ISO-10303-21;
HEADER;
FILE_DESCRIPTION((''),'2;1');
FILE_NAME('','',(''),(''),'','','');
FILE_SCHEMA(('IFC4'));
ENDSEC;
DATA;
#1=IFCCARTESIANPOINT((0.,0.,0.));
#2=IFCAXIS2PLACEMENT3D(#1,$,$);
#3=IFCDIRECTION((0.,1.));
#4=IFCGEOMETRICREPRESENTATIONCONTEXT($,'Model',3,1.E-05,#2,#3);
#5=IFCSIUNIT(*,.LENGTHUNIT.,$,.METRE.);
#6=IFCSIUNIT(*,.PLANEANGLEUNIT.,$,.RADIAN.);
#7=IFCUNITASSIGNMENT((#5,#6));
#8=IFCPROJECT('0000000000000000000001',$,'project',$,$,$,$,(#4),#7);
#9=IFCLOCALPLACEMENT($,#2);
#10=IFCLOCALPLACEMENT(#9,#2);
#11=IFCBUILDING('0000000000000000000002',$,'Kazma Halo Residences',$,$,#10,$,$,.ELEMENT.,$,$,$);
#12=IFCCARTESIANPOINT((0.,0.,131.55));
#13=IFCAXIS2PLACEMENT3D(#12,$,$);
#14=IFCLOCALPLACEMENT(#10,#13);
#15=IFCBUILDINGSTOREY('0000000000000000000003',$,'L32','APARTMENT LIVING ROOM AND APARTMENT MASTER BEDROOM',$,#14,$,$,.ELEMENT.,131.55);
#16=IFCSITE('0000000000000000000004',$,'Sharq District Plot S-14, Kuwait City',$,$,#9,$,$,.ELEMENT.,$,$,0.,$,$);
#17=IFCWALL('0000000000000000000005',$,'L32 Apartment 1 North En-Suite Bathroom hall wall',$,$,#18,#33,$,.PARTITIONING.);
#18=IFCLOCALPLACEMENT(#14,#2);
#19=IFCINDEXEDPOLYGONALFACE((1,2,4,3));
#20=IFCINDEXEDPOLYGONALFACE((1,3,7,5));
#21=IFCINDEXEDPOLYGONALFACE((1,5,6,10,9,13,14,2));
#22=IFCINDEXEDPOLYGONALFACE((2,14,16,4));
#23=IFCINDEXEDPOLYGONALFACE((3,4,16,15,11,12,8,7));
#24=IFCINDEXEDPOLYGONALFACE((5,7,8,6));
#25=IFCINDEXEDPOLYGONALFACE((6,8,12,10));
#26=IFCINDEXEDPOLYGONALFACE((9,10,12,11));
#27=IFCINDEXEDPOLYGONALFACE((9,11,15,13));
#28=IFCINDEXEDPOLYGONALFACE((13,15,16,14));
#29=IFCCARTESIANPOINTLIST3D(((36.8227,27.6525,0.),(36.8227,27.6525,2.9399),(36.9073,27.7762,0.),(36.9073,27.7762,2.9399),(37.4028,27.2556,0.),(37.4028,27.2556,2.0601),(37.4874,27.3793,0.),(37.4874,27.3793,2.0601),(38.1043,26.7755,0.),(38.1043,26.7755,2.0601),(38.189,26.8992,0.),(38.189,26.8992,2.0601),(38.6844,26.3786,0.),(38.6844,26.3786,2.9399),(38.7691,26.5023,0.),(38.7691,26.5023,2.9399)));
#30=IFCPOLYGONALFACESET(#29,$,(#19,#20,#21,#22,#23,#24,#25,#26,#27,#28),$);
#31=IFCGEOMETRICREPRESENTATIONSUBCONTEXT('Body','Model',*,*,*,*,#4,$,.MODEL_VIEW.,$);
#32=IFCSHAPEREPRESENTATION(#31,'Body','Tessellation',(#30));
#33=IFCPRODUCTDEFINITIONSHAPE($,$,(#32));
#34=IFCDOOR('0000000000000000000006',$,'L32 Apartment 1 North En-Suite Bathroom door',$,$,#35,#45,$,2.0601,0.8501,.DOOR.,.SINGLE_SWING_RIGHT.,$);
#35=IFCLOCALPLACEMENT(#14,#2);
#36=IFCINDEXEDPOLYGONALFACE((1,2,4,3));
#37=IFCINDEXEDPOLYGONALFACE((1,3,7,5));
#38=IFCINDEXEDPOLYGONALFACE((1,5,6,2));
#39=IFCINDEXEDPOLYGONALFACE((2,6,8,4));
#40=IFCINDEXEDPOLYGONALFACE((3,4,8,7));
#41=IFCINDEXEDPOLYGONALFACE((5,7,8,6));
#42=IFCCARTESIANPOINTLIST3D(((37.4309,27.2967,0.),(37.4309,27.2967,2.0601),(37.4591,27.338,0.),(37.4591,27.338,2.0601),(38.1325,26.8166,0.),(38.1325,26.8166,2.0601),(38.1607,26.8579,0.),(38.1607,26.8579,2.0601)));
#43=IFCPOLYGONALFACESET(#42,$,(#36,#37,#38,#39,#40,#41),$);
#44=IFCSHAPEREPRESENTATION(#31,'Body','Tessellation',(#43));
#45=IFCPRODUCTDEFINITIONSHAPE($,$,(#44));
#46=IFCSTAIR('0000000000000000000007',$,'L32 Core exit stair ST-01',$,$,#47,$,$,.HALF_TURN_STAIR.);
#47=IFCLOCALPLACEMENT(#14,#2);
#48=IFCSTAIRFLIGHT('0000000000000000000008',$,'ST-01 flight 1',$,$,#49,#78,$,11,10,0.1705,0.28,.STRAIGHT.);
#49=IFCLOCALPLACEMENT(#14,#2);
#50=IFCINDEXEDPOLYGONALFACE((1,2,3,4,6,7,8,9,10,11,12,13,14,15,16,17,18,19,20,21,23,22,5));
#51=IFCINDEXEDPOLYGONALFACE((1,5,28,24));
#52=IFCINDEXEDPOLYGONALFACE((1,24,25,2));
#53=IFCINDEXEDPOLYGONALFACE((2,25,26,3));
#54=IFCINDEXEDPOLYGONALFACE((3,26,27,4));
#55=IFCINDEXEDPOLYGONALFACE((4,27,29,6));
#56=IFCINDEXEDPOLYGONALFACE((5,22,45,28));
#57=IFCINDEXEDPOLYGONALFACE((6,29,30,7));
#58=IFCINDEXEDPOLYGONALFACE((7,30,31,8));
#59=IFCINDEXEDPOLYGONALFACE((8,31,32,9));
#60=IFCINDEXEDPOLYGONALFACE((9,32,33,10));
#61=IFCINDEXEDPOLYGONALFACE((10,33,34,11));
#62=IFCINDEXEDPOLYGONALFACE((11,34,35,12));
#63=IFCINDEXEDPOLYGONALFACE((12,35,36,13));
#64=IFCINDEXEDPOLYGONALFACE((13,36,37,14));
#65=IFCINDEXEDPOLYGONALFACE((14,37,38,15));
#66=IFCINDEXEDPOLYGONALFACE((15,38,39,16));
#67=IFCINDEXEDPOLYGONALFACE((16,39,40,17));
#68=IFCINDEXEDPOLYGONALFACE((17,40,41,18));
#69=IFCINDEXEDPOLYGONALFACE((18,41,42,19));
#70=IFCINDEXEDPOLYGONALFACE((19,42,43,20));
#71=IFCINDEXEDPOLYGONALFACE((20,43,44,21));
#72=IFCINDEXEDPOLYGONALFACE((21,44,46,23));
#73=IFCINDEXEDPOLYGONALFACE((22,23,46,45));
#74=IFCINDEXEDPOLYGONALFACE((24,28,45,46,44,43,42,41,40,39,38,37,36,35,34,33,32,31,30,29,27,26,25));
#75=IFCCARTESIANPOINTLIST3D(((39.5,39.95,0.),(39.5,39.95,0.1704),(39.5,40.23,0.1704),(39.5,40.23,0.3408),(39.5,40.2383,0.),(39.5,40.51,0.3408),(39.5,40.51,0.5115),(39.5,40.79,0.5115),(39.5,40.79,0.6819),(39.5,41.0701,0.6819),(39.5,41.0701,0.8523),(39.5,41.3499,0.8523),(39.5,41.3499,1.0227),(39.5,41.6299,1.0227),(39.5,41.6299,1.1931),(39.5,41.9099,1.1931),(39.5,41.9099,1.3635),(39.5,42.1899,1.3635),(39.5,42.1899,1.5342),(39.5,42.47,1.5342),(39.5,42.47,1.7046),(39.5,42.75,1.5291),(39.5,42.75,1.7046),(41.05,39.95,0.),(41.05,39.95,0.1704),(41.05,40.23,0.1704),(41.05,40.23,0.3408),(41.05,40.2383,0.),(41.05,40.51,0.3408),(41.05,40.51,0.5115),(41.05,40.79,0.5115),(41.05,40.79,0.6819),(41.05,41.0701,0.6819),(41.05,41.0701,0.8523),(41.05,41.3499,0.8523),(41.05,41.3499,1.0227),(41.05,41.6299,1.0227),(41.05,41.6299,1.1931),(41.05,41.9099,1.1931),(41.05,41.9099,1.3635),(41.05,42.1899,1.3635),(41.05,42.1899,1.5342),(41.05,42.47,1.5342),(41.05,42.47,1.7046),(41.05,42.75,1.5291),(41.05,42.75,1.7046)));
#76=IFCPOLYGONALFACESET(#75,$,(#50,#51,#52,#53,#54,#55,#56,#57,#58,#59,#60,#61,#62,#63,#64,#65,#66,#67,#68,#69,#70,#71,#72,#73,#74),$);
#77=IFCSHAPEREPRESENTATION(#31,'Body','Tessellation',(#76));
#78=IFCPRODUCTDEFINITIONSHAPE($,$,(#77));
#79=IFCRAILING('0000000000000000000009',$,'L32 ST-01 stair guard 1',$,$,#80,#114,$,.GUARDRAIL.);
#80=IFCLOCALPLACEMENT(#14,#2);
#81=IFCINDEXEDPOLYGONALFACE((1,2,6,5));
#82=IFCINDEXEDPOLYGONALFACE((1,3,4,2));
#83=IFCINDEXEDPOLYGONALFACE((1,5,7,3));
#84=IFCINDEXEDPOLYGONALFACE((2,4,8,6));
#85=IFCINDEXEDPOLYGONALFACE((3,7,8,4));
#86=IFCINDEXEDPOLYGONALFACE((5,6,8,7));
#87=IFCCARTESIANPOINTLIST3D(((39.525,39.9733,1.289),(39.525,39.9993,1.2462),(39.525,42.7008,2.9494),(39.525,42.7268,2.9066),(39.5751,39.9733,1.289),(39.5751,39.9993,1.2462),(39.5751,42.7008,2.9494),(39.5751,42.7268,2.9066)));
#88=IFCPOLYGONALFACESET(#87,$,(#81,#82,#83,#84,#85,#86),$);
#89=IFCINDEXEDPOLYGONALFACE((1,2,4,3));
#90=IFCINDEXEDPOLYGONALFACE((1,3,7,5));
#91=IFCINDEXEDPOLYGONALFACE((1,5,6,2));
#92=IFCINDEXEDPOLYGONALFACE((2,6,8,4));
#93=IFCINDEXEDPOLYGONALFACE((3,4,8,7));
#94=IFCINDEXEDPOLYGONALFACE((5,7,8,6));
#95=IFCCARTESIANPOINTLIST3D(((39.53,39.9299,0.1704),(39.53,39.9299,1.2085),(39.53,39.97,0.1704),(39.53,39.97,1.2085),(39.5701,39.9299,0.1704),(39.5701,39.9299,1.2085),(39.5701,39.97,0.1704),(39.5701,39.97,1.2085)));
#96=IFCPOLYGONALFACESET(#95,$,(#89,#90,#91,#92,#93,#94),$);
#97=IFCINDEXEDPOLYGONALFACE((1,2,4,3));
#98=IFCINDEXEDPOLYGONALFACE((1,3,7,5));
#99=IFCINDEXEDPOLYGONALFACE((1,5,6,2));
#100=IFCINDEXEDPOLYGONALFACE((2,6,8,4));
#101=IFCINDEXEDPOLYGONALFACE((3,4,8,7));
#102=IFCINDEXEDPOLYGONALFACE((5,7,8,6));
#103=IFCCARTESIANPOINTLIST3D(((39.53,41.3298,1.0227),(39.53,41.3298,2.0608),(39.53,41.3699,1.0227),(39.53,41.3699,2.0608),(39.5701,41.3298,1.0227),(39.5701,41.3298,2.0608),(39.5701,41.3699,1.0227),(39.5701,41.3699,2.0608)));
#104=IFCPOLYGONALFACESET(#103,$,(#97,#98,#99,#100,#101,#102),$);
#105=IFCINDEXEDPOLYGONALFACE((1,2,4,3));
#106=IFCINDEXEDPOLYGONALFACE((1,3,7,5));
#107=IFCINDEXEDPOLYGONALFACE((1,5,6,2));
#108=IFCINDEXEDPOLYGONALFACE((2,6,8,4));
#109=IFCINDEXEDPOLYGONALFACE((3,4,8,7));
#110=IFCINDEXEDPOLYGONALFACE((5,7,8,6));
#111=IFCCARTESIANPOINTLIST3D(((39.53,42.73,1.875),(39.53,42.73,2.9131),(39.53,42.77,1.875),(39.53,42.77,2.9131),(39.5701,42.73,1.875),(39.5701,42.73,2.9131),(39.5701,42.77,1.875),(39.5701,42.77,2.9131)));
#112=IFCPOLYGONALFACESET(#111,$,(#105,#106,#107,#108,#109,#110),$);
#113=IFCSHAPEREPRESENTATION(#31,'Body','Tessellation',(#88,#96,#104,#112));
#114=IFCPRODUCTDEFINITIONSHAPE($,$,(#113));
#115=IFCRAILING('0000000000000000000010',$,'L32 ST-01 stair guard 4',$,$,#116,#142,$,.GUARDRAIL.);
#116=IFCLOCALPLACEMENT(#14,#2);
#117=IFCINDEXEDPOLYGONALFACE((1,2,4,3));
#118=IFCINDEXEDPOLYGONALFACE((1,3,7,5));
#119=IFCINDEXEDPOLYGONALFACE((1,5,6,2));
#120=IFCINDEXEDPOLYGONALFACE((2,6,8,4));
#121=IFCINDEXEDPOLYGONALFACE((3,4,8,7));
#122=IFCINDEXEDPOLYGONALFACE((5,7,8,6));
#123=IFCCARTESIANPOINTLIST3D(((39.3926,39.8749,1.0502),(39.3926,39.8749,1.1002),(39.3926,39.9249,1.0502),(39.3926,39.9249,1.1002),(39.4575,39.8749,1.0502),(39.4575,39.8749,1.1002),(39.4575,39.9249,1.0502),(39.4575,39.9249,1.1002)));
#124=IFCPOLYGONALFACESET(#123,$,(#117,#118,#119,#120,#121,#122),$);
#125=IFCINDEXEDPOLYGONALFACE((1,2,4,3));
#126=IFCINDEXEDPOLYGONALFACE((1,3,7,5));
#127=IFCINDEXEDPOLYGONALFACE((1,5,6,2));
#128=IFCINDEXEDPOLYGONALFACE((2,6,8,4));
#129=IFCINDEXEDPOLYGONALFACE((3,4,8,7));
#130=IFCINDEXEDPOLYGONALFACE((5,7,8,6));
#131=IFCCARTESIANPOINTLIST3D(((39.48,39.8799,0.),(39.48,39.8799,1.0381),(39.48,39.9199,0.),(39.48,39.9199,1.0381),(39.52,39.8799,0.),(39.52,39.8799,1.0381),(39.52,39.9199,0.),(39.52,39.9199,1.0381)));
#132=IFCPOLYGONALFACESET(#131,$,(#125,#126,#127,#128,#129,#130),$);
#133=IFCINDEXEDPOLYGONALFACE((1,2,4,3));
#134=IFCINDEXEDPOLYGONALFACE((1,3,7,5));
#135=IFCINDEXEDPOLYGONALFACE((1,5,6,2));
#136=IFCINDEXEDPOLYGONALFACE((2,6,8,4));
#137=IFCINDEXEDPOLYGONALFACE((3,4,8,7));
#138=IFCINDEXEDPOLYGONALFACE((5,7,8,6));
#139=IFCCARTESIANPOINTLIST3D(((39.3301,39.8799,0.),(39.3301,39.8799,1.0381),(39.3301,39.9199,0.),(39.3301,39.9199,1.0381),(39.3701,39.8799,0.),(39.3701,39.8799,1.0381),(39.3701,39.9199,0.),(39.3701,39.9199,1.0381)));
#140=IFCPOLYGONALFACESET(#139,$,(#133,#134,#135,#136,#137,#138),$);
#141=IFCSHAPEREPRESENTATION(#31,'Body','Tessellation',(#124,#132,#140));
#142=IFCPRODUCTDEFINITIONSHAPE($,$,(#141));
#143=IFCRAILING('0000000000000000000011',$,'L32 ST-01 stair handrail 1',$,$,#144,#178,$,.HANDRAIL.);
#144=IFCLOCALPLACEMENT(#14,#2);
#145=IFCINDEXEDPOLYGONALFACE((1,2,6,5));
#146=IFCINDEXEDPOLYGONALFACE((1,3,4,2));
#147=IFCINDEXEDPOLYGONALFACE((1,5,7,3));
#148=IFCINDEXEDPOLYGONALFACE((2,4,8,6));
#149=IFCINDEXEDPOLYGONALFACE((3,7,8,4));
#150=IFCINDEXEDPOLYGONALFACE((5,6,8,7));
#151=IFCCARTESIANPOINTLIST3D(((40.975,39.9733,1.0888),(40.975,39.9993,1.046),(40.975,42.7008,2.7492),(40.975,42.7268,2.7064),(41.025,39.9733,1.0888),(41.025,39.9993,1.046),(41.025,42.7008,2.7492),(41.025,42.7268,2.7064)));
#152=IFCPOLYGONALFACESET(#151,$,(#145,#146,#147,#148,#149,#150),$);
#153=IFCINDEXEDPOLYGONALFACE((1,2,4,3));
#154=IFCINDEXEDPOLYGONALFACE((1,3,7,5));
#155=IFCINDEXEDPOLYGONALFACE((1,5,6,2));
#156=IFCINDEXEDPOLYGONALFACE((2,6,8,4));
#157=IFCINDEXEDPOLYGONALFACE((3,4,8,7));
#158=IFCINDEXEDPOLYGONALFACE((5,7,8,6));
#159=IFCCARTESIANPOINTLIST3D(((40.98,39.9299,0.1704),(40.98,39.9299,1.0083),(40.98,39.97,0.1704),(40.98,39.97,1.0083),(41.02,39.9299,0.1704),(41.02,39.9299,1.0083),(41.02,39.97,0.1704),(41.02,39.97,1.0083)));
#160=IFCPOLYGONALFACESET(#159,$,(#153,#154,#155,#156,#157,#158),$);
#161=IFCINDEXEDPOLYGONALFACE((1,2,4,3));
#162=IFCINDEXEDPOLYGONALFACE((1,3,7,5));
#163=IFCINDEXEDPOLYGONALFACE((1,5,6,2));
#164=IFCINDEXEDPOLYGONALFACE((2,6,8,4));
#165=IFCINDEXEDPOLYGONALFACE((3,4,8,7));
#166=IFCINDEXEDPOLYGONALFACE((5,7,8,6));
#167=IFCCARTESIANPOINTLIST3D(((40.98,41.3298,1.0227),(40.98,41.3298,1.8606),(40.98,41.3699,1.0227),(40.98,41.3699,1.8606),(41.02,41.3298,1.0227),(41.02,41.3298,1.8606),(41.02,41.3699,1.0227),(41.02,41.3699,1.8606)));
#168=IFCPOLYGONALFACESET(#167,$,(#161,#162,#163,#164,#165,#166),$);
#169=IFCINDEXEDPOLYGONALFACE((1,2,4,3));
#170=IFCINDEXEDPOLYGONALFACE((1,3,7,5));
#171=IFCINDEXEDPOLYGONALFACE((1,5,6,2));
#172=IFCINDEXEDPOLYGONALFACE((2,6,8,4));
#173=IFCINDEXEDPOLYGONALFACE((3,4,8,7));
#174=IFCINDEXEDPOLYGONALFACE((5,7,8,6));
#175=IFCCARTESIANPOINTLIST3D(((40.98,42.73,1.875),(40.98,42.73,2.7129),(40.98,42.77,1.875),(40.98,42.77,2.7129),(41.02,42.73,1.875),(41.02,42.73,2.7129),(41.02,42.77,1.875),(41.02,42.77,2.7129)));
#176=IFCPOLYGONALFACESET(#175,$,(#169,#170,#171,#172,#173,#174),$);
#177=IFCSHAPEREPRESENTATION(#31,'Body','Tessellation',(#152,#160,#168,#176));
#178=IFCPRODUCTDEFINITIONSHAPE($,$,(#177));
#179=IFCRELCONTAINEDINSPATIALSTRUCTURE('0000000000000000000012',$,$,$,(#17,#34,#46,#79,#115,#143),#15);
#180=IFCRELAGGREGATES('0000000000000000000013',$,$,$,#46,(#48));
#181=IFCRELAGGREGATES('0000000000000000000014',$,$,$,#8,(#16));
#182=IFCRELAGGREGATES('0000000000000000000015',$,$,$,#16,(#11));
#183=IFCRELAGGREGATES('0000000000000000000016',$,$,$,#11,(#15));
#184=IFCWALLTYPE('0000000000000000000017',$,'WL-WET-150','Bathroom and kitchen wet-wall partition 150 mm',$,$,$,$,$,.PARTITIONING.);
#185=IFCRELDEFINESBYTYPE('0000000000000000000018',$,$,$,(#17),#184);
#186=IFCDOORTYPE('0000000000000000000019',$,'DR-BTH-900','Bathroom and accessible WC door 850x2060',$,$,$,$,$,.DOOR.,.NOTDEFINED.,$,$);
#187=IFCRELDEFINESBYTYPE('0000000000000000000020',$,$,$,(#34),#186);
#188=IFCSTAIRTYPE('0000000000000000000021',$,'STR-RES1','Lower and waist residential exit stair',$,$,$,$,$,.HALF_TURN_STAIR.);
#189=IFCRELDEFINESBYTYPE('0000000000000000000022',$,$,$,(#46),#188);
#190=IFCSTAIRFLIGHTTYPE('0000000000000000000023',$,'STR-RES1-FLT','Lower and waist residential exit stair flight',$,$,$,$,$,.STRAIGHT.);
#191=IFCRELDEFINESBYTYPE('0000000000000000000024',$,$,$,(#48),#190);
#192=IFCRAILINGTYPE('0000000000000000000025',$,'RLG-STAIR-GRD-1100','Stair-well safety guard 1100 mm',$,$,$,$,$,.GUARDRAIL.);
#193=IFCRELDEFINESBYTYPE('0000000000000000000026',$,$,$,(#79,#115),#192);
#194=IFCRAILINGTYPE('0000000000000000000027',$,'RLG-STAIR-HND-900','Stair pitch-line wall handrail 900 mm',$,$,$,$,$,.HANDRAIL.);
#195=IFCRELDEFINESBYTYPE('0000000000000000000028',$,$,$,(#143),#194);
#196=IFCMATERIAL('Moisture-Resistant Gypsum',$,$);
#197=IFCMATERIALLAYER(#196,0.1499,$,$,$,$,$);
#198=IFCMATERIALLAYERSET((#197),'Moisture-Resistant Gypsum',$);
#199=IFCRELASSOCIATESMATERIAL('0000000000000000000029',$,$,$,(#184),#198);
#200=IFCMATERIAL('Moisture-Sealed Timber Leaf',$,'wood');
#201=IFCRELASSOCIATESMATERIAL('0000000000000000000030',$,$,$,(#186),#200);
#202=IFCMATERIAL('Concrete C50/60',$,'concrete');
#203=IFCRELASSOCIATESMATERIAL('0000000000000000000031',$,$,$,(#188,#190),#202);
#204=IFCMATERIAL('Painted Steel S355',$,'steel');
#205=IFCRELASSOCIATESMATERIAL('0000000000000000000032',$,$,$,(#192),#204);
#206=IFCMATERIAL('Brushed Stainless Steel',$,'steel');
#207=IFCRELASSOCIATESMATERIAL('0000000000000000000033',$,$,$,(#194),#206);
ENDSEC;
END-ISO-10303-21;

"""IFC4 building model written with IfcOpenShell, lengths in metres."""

from ifc_helpers import new_model, si_unit, direction, frame, frame_2d, origin, origin_2d, place, context, subcontext, project, spatial, polyline, rectangle, outline, extrude, material, layer, layer_set, type_object, element, fill, aggregate, save


model = new_model("IFC4")

# Units and contexts
model_context = context("Model", 3, precision=1e-05, world=origin(), true_north=direction((0.0, 1.0)))
body_context = subcontext(model_context, "Body", "Model", "MODEL_VIEW")
ifc_project = project(units=[si_unit("LENGTHUNIT", "METRE"), si_unit("PLANEANGLEUNIT", "RADIAN")], contexts=[model_context])

# Site, building, storey
site_placement = place(None, origin())
site = spatial("IfcSite", under=ifc_project, at=site_placement, Name="Sharq District Plot S-14, Kuwait City", CompositionType="ELEMENT", RefElevation=0.0)
building_placement = place(site_placement, origin())
building = spatial("IfcBuilding", under=site, at=building_placement, Name="Kazma Halo Residences", CompositionType="ELEMENT")
storey_placement = place(building_placement, frame((0.0, 0.0, 131.55)))
storey = spatial("IfcBuildingStorey", under=building, at=storey_placement, Name="L32", Description="APARTMENT LIVING ROOM AND APARTMENT MASTER BEDROOM", CompositionType="ELEMENT", Elevation=131.55)

# Wall, opening, door
ifc_material_1 = material(Name="Concrete C50/60", Category="concrete")
ifc_material_2 = material(Name="Moisture-Resistant Gypsum")
ifc_layer_1 = layer(ifc_material_2, 0.1499)
ifc_layer_set_1 = layer_set([ifc_layer_1], Name="Moisture-Resistant Gypsum")
wall_type_1 = type_object("IfcWallType", Name="WL-WET-150", Description="Bathroom and kitchen wet-wall partition 150 mm", PredefinedType="PARTITIONING", material=ifc_layer_set_1)
wall_1_placement = place(storey_placement, frame((36.865, 27.7144, 0.0), z_axis=(0.0, 0.0, 1.0), x_axis=(0.825297, -0.564699, 0.0)))
wall_1 = element("IfcWall", 1, at=wall_1_placement, inside=storey, type_object=wall_type_1, Name="L32 Apartment 1 North En-Suite Bathroom hall wall", PredefinedType="PARTITIONING", context=body_context, shape_type="SweptSolid", body=[
    extrude(rectangle(XDim=2.2559, YDim=0.1499, at=frame_2d((1.1279, 0.0))), origin(), (0.0, 0.0, 1.0), 2.9399),
])
opening_1_placement = place(wall_1_placement, frame((0.7029, 0.0, 0.0)))
opening_1 = element("IfcOpeningElement", 2, at=opening_1_placement, cuts=wall_1, PredefinedType="OPENING", context=body_context, shape_type="SweptSolid", body=[
    extrude(rectangle(XDim=0.8501, YDim=2.0601, at=frame_2d((0.425, 1.03))), frame((0.0, 0.085, 0.0), z_axis=(0.0, -1.0, 0.0), x_axis=(1.0, 0.0, 0.0)), (0.0, 0.0, 1.0), 0.1699),
])
ifc_material_3 = material(Name="Moisture-Sealed Timber Leaf", Category="wood")
door_type_1 = type_object("IfcDoorType", Name="DR-BTH-900", Description="Bathroom and accessible WC door 850x2060", OperationType="NOTDEFINED", PredefinedType="DOOR", material=ifc_material_3)
door_1_placement = place(opening_1_placement, origin())
door_1 = element("IfcDoor", 3, at=door_1_placement, inside=storey, type_object=door_type_1, Name="L32 Apartment 1 North En-Suite Bathroom door", OperationType="SINGLE_SWING_RIGHT", OverallHeight=2.0601, OverallWidth=0.8501, PredefinedType="DOOR", context=body_context, shape_type="SweptSolid", body=[
    extrude(rectangle(XDim=0.8501, YDim=2.0601, at=frame_2d((0.425, 1.03))), frame((0.0, 0.0249, 0.0), z_axis=(0.0, -1.0, 0.0), x_axis=(1.0, 0.0, 0.0)), (0.0, 0.0, 1.0), 0.05),
])
fill(opening_1, door_1)

# Stair, stair flight
stair_type = type_object("IfcStairType", Name="STR-RES1", Description="Lower and waist residential exit stair", PredefinedType="HALF_TURN_STAIR", material=ifc_material_1)
stair_placement = place(storey_placement, origin())
stair = element("IfcStair", 4, at=stair_placement, inside=storey, type_object=stair_type, Name="L32 Core exit stair ST-01", PredefinedType="HALF_TURN_STAIR")
stair_flight_type = type_object("IfcStairFlightType", Name="STR-RES1-FLT", Description="Lower and waist residential exit stair flight", PredefinedType="STRAIGHT", material=ifc_material_1)
stair_flight_placement = place(storey_placement, frame((40.2749, 39.95, 0.0), z_axis=(0.0, 0.0, 1.0), x_axis=(0.0, 1.0, 0.0)))
stair_flight = element("IfcStairFlight", 5, at=stair_flight_placement, type_object=stair_flight_type, Name="ST-01 flight 1", NumberOfRisers=11, NumberOfTreads=10, PredefinedType="STRAIGHT", RiserHeight=0.1705, TreadLength=0.28, context=body_context, shape_type="SweptSolid", body=[
    extrude(outline(polyline([(0.0, 0.0), (0.0, 0.1704), (0.28, 0.1704), (0.28, 0.3408), (0.5601, 0.3408), (0.5601, 0.5115), (0.8401, 0.5115), (0.8401, 0.6819), (1.1201, 0.6819), (1.1201, 0.8523), (1.3999, 0.8523), (1.3999, 1.0227), (1.6799, 1.0227), (1.6799, 1.1931), (1.96, 1.1931), (1.96, 1.3635), (2.24, 1.3635), (2.24, 1.5342), (2.52, 1.5342), (2.52, 1.7046), (2.8, 1.7046), (2.8, 1.875), (2.8, 1.5291), (0.2883, 0.0), (0.0, 0.0)])), frame((0.0, 0.7749, 0.0), z_axis=(0.0, -1.0, 0.0), x_axis=(1.0, 0.0, 0.0)), (0.0, 0.0, 1.0), 1.55),
])
aggregate(stair, [stair_flight])

# Railings
ifc_material_4 = material(Name="Painted Steel S355", Category="steel")
railing_type_1 = type_object("IfcRailingType", Name="RLG-STAIR-GRD-1100", Description="Stair-well safety guard 1100 mm", PredefinedType="GUARDRAIL", material=ifc_material_4)
railing_1_placement = place(storey_placement, frame((39.55, 39.95, 0.1704)))
element("IfcRailing", 6, at=railing_1_placement, inside=storey, type_object=railing_type_1, Name="L32 ST-01 stair guard 1", PredefinedType="GUARDRAIL", context=body_context, shape_type="SweptSolid", body=[
    extrude(rectangle(XDim=0.05, YDim=0.05, at=origin_2d()), frame((0.0, 0.0364, 1.0972), z_axis=(0.0, 0.85417, 0.519994), x_axis=(-1.0, 0.0, 0.0)), (0.0, 0.0, 1.0), 3.1931),
    extrude(rectangle(XDim=0.04, YDim=0.04, at=origin_2d()), origin(), (0.0, 0.0, 1.0), 1.0381),
    extrude(rectangle(XDim=0.04, YDim=0.04, at=origin_2d()), frame((0.0, 1.3999, 0.8523)), (0.0, 0.0, 1.0), 1.0381),
    extrude(rectangle(XDim=0.04, YDim=0.04, at=origin_2d()), frame((0.0, 2.8, 1.7046)), (0.0, 0.0, 1.0), 1.0381),
])
railing_2_placement = place(storey_placement, frame((39.5, 39.8999, 0.0)))
element("IfcRailing", 7, at=railing_2_placement, inside=storey, type_object=railing_type_1, Name="L32 ST-01 stair guard 4", PredefinedType="GUARDRAIL", context=body_context, shape_type="SweptSolid", body=[
    extrude(rectangle(XDim=0.05, YDim=0.05, at=origin_2d()), frame((-0.0425, 0.0, 1.0752), z_axis=(-1.0, 0.0, 0.0), x_axis=(0.0, -1.0, 0.0)), (0.0, 0.0, 1.0), 0.0649),
    extrude(rectangle(XDim=0.04, YDim=0.04, at=origin_2d()), origin(), (0.0, 0.0, 1.0), 1.0381),
    extrude(rectangle(XDim=0.04, YDim=0.04, at=origin_2d()), frame((-0.1499, 0.0, 0.0)), (0.0, 0.0, 1.0), 1.0381),
])
ifc_material_5 = material(Name="Brushed Stainless Steel", Category="steel")
railing_type_2 = type_object("IfcRailingType", Name="RLG-STAIR-HND-900", Description="Stair pitch-line wall handrail 900 mm", PredefinedType="HANDRAIL", material=ifc_material_5)
railing_3_placement = place(storey_placement, frame((41.0, 39.95, 0.1704)))
element("IfcRailing", 8, at=railing_3_placement, inside=storey, type_object=railing_type_2, Name="L32 ST-01 stair handrail 1", PredefinedType="HANDRAIL", context=body_context, shape_type="SweptSolid", body=[
    extrude(rectangle(XDim=0.05, YDim=0.05, at=origin_2d()), frame((0.0, 0.0364, 0.897), z_axis=(0.0, 0.85417, 0.519994), x_axis=(-1.0, 0.0, 0.0)), (0.0, 0.0, 1.0), 3.1931),
    extrude(rectangle(XDim=0.04, YDim=0.04, at=origin_2d()), origin(), (0.0, 0.0, 1.0), 0.8379),
    extrude(rectangle(XDim=0.04, YDim=0.04, at=origin_2d()), frame((0.0, 1.3999, 0.8523)), (0.0, 0.0, 1.0), 0.8379),
    extrude(rectangle(XDim=0.04, YDim=0.04, at=origin_2d()), frame((0.0, 2.8, 1.7046)), (0.0, 0.0, 1.0), 0.8379),
])

save(model, "model.ifc")
